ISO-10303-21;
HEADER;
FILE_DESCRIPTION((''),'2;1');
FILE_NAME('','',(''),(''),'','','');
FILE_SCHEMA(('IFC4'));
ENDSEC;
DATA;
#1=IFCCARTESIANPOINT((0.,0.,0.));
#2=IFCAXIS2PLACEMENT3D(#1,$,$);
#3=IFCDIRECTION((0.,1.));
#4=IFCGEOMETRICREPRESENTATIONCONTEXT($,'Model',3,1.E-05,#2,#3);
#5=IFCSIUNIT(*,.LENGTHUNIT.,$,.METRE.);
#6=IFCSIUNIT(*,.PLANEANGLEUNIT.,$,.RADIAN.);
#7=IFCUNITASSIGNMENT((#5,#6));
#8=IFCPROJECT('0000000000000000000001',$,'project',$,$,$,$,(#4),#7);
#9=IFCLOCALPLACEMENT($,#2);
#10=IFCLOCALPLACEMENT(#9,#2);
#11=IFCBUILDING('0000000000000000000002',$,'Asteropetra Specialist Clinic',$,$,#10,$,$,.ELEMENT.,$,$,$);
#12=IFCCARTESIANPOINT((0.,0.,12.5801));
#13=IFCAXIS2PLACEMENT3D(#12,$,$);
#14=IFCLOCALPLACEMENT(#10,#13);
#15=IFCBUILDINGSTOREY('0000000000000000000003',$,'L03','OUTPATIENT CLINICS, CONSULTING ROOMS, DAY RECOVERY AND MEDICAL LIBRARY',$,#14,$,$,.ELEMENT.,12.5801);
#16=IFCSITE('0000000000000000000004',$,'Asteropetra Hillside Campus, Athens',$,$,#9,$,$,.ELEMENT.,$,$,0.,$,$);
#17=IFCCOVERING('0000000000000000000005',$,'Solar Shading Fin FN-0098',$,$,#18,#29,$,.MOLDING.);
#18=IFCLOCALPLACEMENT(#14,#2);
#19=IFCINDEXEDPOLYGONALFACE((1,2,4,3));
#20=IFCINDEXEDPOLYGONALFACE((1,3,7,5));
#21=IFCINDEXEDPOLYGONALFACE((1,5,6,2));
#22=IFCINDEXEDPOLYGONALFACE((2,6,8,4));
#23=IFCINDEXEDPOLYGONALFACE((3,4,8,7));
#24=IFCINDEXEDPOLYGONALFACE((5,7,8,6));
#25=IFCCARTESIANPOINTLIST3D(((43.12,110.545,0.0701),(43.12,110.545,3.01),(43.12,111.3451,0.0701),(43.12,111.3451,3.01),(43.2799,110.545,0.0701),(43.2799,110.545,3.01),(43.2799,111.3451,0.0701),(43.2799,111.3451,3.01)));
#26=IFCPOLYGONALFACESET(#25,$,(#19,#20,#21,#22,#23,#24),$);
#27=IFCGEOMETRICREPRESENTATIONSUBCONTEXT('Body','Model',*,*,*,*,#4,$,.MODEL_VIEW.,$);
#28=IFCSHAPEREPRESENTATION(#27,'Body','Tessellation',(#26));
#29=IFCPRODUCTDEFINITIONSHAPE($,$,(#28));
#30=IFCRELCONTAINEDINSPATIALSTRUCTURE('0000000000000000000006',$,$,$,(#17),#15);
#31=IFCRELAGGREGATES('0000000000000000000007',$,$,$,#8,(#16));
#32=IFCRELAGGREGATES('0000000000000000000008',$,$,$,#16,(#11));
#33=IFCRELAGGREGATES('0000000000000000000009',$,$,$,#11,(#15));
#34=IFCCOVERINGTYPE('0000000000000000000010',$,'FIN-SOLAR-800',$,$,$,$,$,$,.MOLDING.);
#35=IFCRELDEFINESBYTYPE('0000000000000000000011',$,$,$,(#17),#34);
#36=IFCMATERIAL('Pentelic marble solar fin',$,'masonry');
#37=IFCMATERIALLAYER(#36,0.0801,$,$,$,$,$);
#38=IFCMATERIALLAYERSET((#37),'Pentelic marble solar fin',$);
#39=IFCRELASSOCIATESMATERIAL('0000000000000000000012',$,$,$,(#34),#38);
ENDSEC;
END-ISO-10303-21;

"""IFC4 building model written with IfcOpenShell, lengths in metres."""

from ifc_helpers import new_model, si_unit, direction, frame, origin, origin_2d, place, context, subcontext, project, spatial, rectangle, extrude, material, layer, layer_set, type_object, element, save


model = new_model("IFC4")

# Units and contexts
model_context = context("Model", 3, precision=1e-05, world=origin(), true_north=direction((0.0, 1.0)))
body_context = subcontext(model_context, "Body", "Model", "MODEL_VIEW")
ifc_project = project(units=[si_unit("LENGTHUNIT", "METRE"), si_unit("PLANEANGLEUNIT", "RADIAN")], contexts=[model_context])

# Site, building, storey
site_placement = place(None, origin())
site = spatial("IfcSite", under=ifc_project, at=site_placement, Name="Asteropetra Hillside Campus, Athens", CompositionType="ELEMENT", RefElevation=0.0)
building_placement = place(site_placement, origin())
building = spatial("IfcBuilding", under=site, at=building_placement, Name="Asteropetra Specialist Clinic", CompositionType="ELEMENT")
storey_placement = place(building_placement, frame((0.0, 0.0, 12.5801)))
storey = spatial("IfcBuildingStorey", under=building, at=storey_placement, Name="L03", Description="OUTPATIENT CLINICS, CONSULTING ROOMS, DAY RECOVERY AND MEDICAL LIBRARY", CompositionType="ELEMENT", Elevation=12.5801)

# Covering
ifc_material_1 = material(Name="Pentelic marble solar fin", Category="masonry")
ifc_layer_1 = layer(ifc_material_1, 0.0801)
ifc_layer_set_1 = layer_set([ifc_layer_1], Name="Pentelic marble solar fin")
covering_type_1 = type_object("IfcCoveringType", Name="FIN-SOLAR-800", PredefinedType="MOLDING", material=ifc_layer_set_1)
for number, where, z_axis, x_axis, name in (
    (1, (43.2, 110.9451, 0.0701), (0.0, 0.0, 1.0), (1.0, 0.0, 0.0), "Solar Shading Fin FN-0098"),
):
    element("IfcCovering", number, at=place(storey_placement, frame(where, z_axis=z_axis, x_axis=x_axis)), inside=storey, type_object=covering_type_1, Name=name, PredefinedType="MOLDING", context=body_context, shape_type="SweptSolid", body=[
        extrude(rectangle(XDim=0.1599, YDim=0.8, at=origin_2d()), origin(), (0.0, 0.0, 1.0), 2.9399),
    ])

save(model, "model.ifc")
